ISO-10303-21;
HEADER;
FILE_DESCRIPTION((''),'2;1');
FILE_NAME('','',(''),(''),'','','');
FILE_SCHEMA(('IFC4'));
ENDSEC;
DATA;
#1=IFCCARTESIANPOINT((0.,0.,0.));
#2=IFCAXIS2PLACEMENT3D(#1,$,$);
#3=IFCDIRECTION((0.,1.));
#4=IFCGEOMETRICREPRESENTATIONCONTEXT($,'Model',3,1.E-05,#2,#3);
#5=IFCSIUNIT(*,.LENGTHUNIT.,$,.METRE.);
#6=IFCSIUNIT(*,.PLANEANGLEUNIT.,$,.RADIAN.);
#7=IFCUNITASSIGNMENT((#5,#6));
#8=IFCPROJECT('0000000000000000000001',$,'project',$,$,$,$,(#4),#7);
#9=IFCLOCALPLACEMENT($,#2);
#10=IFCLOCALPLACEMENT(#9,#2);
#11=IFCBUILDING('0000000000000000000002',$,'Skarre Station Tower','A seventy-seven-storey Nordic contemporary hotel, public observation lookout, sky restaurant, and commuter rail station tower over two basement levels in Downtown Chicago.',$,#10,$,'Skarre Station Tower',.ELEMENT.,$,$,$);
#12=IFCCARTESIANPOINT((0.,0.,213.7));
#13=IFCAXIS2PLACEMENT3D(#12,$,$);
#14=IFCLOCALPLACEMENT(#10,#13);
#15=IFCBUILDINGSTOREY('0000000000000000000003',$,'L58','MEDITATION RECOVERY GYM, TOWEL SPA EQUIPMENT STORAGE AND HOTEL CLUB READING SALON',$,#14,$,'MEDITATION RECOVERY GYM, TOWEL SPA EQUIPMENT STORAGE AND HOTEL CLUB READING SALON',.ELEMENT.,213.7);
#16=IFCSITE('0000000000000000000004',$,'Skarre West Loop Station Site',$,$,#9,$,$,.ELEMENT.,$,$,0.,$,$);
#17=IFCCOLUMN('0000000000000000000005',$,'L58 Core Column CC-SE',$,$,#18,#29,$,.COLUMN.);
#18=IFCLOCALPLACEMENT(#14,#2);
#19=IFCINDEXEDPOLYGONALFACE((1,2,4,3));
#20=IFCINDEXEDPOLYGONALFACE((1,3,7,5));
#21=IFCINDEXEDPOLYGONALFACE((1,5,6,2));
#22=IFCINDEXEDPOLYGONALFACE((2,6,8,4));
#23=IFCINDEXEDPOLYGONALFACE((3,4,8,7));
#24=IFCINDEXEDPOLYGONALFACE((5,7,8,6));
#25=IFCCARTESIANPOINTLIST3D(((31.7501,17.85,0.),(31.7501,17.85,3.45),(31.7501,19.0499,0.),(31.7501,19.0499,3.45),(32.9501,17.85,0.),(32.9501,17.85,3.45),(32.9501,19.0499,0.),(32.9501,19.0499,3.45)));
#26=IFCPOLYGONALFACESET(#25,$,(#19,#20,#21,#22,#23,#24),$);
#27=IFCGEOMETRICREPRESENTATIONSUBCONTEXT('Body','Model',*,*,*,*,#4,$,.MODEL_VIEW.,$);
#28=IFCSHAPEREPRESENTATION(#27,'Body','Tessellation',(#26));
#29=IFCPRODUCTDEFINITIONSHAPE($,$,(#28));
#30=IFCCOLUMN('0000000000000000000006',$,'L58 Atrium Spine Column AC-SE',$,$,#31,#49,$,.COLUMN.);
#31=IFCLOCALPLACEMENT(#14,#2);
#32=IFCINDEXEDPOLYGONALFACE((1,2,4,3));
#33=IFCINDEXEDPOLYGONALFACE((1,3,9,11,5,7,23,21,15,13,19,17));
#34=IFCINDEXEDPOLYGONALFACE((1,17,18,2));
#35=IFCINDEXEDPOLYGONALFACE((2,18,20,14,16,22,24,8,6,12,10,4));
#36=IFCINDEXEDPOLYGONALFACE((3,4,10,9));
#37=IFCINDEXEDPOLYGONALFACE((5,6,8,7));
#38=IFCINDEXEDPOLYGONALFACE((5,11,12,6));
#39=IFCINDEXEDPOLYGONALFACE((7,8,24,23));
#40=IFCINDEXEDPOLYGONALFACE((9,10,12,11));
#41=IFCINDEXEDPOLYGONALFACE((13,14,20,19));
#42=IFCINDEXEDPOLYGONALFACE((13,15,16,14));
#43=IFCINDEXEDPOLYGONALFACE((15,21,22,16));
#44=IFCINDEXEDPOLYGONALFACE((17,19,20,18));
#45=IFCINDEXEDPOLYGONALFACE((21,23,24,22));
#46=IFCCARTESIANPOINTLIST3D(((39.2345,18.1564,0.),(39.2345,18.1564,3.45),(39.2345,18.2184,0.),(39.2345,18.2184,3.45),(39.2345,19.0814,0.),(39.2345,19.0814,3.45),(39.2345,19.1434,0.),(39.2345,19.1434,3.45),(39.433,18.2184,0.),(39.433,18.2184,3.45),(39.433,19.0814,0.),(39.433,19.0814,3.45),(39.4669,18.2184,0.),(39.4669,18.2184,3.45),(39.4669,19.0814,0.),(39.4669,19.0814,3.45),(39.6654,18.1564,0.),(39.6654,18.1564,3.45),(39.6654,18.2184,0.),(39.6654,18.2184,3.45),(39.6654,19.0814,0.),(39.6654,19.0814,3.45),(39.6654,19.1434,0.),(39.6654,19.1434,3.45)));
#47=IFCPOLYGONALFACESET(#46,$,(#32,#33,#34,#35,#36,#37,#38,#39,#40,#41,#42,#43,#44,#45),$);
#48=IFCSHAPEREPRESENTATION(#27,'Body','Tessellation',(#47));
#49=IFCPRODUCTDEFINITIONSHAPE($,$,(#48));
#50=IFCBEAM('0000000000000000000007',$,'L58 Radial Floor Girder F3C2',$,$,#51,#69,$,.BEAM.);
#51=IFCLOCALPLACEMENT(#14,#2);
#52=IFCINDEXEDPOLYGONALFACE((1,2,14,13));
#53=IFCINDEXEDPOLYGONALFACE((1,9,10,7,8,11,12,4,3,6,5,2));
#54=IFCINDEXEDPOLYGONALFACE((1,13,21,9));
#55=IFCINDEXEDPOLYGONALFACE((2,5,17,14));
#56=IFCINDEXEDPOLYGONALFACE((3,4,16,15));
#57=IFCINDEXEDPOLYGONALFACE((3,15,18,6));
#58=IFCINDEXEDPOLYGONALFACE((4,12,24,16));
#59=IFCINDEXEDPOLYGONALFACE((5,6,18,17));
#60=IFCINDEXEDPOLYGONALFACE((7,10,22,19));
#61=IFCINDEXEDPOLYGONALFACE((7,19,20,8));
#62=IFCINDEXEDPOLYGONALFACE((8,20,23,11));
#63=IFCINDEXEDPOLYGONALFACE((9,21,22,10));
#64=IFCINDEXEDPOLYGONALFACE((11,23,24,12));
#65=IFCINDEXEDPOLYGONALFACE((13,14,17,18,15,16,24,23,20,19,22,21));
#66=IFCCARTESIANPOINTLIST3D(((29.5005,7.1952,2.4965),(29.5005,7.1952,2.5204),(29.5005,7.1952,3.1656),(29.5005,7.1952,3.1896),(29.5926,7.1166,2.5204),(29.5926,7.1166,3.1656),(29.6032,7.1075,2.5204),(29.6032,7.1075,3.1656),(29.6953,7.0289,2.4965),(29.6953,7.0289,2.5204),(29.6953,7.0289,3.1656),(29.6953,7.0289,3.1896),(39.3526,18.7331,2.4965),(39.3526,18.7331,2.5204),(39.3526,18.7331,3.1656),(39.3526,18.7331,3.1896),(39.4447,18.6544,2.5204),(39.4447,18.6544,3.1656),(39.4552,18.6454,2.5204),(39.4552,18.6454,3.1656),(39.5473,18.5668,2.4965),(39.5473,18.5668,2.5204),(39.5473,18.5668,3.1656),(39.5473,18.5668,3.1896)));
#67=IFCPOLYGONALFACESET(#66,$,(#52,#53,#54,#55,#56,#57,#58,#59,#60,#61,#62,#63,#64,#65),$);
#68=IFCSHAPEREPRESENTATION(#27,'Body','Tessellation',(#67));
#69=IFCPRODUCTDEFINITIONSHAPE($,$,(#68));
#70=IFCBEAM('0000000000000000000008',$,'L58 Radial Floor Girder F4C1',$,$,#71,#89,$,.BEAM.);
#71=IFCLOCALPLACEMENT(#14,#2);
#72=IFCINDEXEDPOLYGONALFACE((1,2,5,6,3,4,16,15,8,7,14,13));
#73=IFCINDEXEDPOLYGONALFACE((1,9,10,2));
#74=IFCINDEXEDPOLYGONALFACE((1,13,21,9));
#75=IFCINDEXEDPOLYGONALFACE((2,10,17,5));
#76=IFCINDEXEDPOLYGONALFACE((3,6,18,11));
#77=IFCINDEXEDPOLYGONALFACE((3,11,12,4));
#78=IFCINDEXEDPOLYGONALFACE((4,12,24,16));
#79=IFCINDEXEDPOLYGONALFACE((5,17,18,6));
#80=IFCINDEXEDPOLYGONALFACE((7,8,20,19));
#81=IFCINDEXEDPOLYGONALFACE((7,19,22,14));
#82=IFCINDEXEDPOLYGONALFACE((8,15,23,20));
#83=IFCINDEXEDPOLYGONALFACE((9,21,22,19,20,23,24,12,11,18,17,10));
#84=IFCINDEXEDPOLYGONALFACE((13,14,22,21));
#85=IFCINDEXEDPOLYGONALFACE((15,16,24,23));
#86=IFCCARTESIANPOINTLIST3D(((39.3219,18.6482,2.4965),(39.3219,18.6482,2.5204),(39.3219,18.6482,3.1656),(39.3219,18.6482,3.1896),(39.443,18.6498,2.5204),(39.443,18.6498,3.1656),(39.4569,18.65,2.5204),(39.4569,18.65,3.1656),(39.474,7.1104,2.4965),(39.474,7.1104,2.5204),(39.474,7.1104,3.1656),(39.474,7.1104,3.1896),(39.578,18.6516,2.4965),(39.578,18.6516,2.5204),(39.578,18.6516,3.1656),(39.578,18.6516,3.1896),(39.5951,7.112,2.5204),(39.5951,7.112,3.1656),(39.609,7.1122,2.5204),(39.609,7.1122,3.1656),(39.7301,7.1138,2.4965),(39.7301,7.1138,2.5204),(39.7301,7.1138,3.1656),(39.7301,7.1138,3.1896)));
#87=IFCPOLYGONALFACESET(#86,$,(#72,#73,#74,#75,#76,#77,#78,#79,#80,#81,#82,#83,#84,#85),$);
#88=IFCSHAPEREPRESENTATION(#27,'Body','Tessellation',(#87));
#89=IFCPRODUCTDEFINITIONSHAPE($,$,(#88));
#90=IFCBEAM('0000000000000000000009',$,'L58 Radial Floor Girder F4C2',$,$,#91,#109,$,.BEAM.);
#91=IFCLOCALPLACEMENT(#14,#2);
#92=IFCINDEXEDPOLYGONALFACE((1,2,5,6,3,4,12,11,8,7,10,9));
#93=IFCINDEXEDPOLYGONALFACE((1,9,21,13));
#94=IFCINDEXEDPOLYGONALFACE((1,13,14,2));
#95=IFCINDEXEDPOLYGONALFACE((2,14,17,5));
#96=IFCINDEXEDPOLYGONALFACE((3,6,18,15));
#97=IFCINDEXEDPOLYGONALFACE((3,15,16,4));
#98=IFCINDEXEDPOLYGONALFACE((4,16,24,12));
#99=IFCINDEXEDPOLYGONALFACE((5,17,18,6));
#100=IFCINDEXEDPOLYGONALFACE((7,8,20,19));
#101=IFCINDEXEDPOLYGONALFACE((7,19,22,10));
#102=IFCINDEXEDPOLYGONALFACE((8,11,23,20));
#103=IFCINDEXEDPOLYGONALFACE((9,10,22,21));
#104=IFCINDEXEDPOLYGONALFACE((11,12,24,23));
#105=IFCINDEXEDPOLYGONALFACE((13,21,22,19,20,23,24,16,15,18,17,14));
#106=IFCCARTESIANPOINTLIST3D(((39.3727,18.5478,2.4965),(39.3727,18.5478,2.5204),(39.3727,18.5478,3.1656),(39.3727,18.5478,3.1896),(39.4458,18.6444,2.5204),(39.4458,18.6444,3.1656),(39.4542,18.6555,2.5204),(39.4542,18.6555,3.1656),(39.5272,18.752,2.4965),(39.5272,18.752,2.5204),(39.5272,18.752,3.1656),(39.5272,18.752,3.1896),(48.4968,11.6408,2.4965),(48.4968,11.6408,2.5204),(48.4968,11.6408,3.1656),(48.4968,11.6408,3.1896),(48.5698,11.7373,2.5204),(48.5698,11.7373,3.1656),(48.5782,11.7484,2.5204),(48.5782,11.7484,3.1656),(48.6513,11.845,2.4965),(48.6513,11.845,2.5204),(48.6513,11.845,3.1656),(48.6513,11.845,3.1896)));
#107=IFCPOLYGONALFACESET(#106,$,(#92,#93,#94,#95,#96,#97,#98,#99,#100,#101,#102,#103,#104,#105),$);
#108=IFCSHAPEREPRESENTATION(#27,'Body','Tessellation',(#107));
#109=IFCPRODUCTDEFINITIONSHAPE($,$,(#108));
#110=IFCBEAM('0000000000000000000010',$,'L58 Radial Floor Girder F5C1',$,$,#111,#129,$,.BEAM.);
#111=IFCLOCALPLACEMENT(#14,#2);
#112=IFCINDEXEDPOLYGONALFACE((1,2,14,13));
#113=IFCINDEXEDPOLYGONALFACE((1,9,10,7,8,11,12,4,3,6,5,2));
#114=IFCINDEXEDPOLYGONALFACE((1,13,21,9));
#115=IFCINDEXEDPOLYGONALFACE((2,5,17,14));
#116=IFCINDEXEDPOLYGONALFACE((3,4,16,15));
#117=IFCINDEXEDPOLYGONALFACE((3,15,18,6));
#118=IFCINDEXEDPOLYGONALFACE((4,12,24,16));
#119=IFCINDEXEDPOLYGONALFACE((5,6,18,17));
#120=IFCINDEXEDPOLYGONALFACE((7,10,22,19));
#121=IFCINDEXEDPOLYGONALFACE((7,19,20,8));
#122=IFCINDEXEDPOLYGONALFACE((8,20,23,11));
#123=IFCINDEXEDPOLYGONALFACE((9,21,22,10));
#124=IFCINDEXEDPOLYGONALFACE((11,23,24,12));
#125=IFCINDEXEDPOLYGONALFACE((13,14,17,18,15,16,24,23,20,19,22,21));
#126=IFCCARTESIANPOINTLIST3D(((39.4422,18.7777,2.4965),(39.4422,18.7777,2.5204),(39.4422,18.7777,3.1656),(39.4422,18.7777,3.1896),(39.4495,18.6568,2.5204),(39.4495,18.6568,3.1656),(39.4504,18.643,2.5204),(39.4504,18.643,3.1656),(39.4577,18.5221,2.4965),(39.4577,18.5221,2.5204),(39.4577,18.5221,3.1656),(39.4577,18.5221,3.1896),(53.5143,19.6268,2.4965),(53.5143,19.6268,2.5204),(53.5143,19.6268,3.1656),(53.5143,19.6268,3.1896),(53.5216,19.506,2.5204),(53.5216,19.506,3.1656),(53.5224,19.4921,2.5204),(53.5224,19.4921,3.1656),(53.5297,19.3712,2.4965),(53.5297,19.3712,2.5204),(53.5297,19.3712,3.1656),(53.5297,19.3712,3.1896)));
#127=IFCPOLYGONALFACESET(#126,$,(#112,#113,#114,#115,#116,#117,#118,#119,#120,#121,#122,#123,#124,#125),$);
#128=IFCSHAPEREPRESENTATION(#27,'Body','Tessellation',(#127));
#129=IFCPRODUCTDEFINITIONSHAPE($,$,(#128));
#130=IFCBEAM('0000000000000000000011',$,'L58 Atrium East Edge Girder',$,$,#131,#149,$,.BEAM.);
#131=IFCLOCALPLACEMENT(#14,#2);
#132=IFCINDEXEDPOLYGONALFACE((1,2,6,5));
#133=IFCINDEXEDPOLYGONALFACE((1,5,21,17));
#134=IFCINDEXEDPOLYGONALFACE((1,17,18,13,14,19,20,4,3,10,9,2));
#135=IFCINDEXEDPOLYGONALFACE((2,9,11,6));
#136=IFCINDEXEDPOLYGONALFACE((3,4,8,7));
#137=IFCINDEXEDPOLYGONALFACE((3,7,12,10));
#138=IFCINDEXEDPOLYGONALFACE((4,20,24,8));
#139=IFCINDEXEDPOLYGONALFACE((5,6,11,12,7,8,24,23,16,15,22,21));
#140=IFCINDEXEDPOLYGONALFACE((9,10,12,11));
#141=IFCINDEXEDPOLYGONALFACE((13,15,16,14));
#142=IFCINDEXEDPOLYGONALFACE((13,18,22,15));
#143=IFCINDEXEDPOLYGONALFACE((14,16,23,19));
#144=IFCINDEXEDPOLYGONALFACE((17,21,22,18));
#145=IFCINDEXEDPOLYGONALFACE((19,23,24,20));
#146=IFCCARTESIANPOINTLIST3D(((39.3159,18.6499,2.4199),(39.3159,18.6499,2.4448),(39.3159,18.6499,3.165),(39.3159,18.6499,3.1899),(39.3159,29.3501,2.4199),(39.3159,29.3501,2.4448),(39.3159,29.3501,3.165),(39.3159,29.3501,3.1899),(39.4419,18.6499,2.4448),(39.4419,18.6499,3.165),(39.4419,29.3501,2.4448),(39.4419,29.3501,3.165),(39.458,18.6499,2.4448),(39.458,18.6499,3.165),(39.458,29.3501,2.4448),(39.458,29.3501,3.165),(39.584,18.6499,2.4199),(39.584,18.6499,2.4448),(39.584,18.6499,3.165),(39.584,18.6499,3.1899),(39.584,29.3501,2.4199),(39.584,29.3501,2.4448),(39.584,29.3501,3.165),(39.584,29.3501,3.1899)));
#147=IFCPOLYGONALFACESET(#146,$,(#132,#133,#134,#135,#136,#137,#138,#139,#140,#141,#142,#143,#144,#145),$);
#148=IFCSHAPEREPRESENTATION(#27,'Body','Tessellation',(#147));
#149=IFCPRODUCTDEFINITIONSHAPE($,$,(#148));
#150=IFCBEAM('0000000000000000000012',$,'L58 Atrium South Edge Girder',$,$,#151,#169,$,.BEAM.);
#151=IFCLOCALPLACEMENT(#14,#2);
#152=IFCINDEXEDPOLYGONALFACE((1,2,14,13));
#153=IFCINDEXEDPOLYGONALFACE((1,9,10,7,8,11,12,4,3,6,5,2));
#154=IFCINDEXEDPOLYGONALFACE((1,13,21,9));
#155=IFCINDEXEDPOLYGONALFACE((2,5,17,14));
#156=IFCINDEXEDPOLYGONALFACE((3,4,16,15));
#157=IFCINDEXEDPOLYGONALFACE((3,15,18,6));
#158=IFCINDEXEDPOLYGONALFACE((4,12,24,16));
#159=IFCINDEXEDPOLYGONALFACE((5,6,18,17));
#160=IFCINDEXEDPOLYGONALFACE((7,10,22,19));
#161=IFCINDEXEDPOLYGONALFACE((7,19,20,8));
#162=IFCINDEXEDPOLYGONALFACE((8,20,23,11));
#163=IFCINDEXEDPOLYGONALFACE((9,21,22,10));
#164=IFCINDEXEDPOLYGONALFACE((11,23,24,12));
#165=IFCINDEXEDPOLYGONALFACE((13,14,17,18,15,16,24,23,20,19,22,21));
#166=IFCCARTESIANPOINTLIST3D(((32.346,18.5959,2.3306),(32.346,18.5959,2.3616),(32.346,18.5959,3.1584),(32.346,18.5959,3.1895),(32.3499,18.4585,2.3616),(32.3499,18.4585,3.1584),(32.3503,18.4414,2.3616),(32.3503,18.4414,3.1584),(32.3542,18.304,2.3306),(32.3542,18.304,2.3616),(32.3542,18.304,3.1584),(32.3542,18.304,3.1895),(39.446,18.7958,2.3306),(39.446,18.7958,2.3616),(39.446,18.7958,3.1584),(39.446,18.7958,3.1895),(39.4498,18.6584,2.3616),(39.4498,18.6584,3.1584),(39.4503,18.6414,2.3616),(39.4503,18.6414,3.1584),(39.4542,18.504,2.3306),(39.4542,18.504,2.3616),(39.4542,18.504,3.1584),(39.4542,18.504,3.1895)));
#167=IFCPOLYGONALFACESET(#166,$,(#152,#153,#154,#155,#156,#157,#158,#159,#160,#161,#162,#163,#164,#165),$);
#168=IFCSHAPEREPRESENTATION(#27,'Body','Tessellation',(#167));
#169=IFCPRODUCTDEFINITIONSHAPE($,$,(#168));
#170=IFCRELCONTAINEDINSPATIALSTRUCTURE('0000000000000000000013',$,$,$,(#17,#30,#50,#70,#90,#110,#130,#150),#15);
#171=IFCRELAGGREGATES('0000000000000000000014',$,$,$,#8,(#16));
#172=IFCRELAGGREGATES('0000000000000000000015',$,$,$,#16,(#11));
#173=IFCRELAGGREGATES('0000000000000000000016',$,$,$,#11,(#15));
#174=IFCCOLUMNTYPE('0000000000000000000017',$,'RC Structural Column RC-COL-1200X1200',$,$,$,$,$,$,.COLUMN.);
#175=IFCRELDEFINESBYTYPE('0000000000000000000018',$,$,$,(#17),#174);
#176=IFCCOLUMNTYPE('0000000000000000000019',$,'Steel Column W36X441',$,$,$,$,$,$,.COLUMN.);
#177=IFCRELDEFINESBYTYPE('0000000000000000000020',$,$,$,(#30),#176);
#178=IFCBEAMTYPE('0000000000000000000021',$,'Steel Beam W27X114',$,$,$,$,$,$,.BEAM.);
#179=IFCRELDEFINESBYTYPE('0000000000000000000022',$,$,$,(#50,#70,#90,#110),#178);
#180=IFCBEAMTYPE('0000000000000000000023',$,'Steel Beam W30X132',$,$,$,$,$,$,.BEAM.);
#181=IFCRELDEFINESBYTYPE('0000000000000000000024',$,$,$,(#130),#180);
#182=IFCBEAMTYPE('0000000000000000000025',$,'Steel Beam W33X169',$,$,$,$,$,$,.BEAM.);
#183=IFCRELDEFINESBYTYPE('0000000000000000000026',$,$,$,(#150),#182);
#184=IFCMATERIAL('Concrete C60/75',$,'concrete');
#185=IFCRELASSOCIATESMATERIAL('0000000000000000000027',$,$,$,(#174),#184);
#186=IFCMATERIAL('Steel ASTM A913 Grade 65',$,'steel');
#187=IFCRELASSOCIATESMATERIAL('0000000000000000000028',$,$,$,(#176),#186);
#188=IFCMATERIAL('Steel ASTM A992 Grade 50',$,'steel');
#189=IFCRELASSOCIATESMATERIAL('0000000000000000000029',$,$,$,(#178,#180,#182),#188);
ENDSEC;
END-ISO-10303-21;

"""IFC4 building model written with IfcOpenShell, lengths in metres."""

from ifc_helpers import new_model, si_unit, direction, frame, origin, origin_2d, place, context, subcontext, project, spatial, rectangle, i_section, extrude, material, material_profile, profile_set, type_object, element, save


model = new_model("IFC4")

# Units and contexts
model_context = context("Model", 3, precision=1e-05, world=origin(), true_north=direction((0.0, 1.0)))
body_context = subcontext(model_context, "Body", "Model", "MODEL_VIEW")
ifc_project = project(units=[si_unit("LENGTHUNIT", "METRE"), si_unit("PLANEANGLEUNIT", "RADIAN")], contexts=[model_context])

# Site, building, storey
site_placement = place(None, origin())
site = spatial("IfcSite", under=ifc_project, at=site_placement, Name="Skarre West Loop Station Site", CompositionType="ELEMENT", RefElevation=0.0)
building_placement = place(site_placement, origin())
building = spatial("IfcBuilding", under=site, at=building_placement, Name="Skarre Station Tower", Description="A seventy-seven-storey Nordic contemporary hotel, public observation lookout, sky restaurant, and commuter rail station tower over two basement levels in Downtown Chicago.", LongName="Skarre Station Tower", CompositionType="ELEMENT")
storey_placement = place(building_placement, frame((0.0, 0.0, 213.7)))
storey = spatial("IfcBuildingStorey", under=building, at=storey_placement, Name="L58", Description="MEDITATION RECOVERY GYM, TOWEL SPA EQUIPMENT STORAGE AND HOTEL CLUB READING SALON", LongName="MEDITATION RECOVERY GYM, TOWEL SPA EQUIPMENT STORAGE AND HOTEL CLUB READING SALON", CompositionType="ELEMENT", Elevation=213.7)

# Columns
ifc_material_1 = material(Name="Concrete C60/75", Category="concrete")
ifc_material_profile_1 = material_profile(ifc_material_1, rectangle(XDim=1.2, YDim=1.2, at=origin_2d()), Name="Concrete C60/75")
ifc_profile_set_1 = profile_set([ifc_material_profile_1], Name="Concrete C60/75")
column_type_1 = type_object("IfcColumnType", Name="RC Structural Column RC-COL-1200X1200", PredefinedType="COLUMN", material=ifc_profile_set_1)
column_1_placement = place(storey_placement, frame((32.3501, 18.45, 0.0), z_axis=(0.0, 0.0, 1.0), x_axis=(1.0, 0.0, 0.0)))
element("IfcColumn", 1, at=column_1_placement, inside=storey, type_object=column_type_1, Name="L58 Core Column CC-SE", PredefinedType="COLUMN", context=body_context, shape_type="SweptSolid", body=[
    extrude(rectangle(XDim=1.2, YDim=1.2, at=origin_2d()), origin(), (0.0, 0.0, 1.0), 3.45),
])
ifc_material_2 = material(Name="Steel ASTM A913 Grade 65", Category="steel")
ifc_material_profile_2 = material_profile(ifc_material_2, i_section(OverallWidth=0.4309, OverallDepth=0.9871, WebThickness=0.0339, FlangeThickness=0.062, at=origin_2d()), Name="Steel ASTM A913 Grade 65")
ifc_profile_set_2 = profile_set([ifc_material_profile_2], Name="Steel ASTM A913 Grade 65")
column_type_2 = type_object("IfcColumnType", Name="Steel Column W36X441", PredefinedType="COLUMN", material=ifc_profile_set_2)
column_2_placement = place(storey_placement, frame((39.45, 18.6499, 0.0), z_axis=(0.0, 0.0, 1.0), x_axis=(1.0, 0.0, 0.0)))
element("IfcColumn", 2, at=column_2_placement, inside=storey, type_object=column_type_2, Name="L58 Atrium Spine Column AC-SE", PredefinedType="COLUMN", context=body_context, shape_type="SweptSolid", body=[
    extrude(i_section(OverallWidth=0.4309, OverallDepth=0.9871, WebThickness=0.0339, FlangeThickness=0.062, at=origin_2d()), origin(), (0.0, 0.0, 1.0), 3.45),
])

# Beams
ifc_material_3 = material(Name="Steel ASTM A992 Grade 50", Category="steel")
ifc_material_profile_3 = material_profile(ifc_material_3, i_section(OverallWidth=0.2561, OverallDepth=0.6931, WebThickness=0.0139, FlangeThickness=0.0239, at=origin_2d()), Name="Steel ASTM A992 Grade 50")
ifc_profile_set_3 = profile_set([ifc_material_profile_3], Name="Steel ASTM A992 Grade 50")
beam_type_1 = type_object("IfcBeamType", Name="Steel Beam W27X114", PredefinedType="BEAM", material=ifc_profile_set_3)
beam_1_placement = place(storey_placement, frame((39.45, 18.6499, 2.843), z_axis=(-0.649364, -0.760477, 0.0), x_axis=(0.760477, -0.649364, 0.0)))
element("IfcBeam", 3, at=beam_1_placement, inside=storey, type_object=beam_type_1, Name="L58 Radial Floor Girder F3C2", PredefinedType="BEAM", context=body_context, shape_type="SweptSolid", body=[
    extrude(i_section(OverallWidth=0.2561, OverallDepth=0.6931, WebThickness=0.0139, FlangeThickness=0.0239, at=origin_2d()), origin(), (0.0, 0.0, 1.0), 15.1719),
])
beam_2_placement = place(storey_placement, frame((39.45, 18.6499, 2.843), z_axis=(0.013182, -0.999913, 0.0), x_axis=(0.999913, 0.013182, 0.0)))
element("IfcBeam", 4, at=beam_2_placement, inside=storey, type_object=beam_type_1, Name="L58 Radial Floor Girder F4C1", PredefinedType="BEAM", context=body_context, shape_type="SweptSolid", body=[
    extrude(i_section(OverallWidth=0.2561, OverallDepth=0.6931, WebThickness=0.0139, FlangeThickness=0.0239, at=origin_2d()), origin(), (0.0, 0.0, 1.0), 11.5388),
])
beam_3_placement = place(storey_placement, frame((39.45, 18.6499, 2.843), z_axis=(0.797309, -0.603571, 0.0), x_axis=(0.603571, 0.797309, 0.0)))
element("IfcBeam", 5, at=beam_3_placement, inside=storey, type_object=beam_type_1, Name="L58 Radial Floor Girder F4C2", PredefinedType="BEAM", context=body_context, shape_type="SweptSolid", body=[
    extrude(i_section(OverallWidth=0.2561, OverallDepth=0.6931, WebThickness=0.0139, FlangeThickness=0.0239, at=origin_2d()), origin(), (0.0, 0.0, 1.0), 11.4436),
])
beam_4_placement = place(storey_placement, frame((39.45, 18.6499, 2.843), z_axis=(0.998184, 0.060232, 0.0), x_axis=(-0.060232, 0.998184, 0.0)))
element("IfcBeam", 6, at=beam_4_placement, inside=storey, type_object=beam_type_1, Name="L58 Radial Floor Girder F5C1", PredefinedType="BEAM", context=body_context, shape_type="SweptSolid", body=[
    extrude(i_section(OverallWidth=0.2561, OverallDepth=0.6931, WebThickness=0.0139, FlangeThickness=0.0239, at=origin_2d()), origin(), (0.0, 0.0, 1.0), 14.0977),
])
ifc_material_profile_4 = material_profile(ifc_material_3, i_section(OverallWidth=0.2681, OverallDepth=0.77, WebThickness=0.0161, FlangeThickness=0.0249, at=origin_2d()), Name="Steel ASTM A992 Grade 50")
ifc_profile_set_4 = profile_set([ifc_material_profile_4], Name="Steel ASTM A992 Grade 50")
beam_type_2 = type_object("IfcBeamType", Name="Steel Beam W30X132", PredefinedType="BEAM", material=ifc_profile_set_4)
beam_5_placement = place(storey_placement, frame((39.45, 18.6499, 2.8049), z_axis=(0.0, 1.0, 0.0), x_axis=(-1.0, 0.0, 0.0)))
element("IfcBeam", 7, at=beam_5_placement, inside=storey, type_object=beam_type_2, Name="L58 Atrium East Edge Girder", PredefinedType="BEAM", context=body_context, shape_type="SweptSolid", body=[
    extrude(i_section(OverallWidth=0.2681, OverallDepth=0.77, WebThickness=0.0161, FlangeThickness=0.0249, at=origin_2d()), origin(), (0.0, 0.0, 1.0), 10.7002),
])
ifc_material_profile_5 = material_profile(ifc_material_3, i_section(OverallWidth=0.292, OverallDepth=0.8589, WebThickness=0.0171, FlangeThickness=0.031, at=origin_2d()), Name="Steel ASTM A992 Grade 50")
ifc_profile_set_5 = profile_set([ifc_material_profile_5], Name="Steel ASTM A992 Grade 50")
beam_type_3 = type_object("IfcBeamType", Name="Steel Beam W33X169", PredefinedType="BEAM", material=ifc_profile_set_5)
beam_6_placement = place(storey_placement, frame((32.3501, 18.45, 2.76), z_axis=(0.999604, 0.028152, 0.0), x_axis=(-0.028152, 0.999604, 0.0)))
element("IfcBeam", 8, at=beam_6_placement, inside=storey, type_object=beam_type_3, Name="L58 Atrium South Edge Girder", PredefinedType="BEAM", context=body_context, shape_type="SweptSolid", body=[
    extrude(i_section(OverallWidth=0.292, OverallDepth=0.8589, WebThickness=0.0171, FlangeThickness=0.031, at=origin_2d()), origin(), (0.0, 0.0, 1.0), 7.1028),
])

save(model, "model.ifc")
